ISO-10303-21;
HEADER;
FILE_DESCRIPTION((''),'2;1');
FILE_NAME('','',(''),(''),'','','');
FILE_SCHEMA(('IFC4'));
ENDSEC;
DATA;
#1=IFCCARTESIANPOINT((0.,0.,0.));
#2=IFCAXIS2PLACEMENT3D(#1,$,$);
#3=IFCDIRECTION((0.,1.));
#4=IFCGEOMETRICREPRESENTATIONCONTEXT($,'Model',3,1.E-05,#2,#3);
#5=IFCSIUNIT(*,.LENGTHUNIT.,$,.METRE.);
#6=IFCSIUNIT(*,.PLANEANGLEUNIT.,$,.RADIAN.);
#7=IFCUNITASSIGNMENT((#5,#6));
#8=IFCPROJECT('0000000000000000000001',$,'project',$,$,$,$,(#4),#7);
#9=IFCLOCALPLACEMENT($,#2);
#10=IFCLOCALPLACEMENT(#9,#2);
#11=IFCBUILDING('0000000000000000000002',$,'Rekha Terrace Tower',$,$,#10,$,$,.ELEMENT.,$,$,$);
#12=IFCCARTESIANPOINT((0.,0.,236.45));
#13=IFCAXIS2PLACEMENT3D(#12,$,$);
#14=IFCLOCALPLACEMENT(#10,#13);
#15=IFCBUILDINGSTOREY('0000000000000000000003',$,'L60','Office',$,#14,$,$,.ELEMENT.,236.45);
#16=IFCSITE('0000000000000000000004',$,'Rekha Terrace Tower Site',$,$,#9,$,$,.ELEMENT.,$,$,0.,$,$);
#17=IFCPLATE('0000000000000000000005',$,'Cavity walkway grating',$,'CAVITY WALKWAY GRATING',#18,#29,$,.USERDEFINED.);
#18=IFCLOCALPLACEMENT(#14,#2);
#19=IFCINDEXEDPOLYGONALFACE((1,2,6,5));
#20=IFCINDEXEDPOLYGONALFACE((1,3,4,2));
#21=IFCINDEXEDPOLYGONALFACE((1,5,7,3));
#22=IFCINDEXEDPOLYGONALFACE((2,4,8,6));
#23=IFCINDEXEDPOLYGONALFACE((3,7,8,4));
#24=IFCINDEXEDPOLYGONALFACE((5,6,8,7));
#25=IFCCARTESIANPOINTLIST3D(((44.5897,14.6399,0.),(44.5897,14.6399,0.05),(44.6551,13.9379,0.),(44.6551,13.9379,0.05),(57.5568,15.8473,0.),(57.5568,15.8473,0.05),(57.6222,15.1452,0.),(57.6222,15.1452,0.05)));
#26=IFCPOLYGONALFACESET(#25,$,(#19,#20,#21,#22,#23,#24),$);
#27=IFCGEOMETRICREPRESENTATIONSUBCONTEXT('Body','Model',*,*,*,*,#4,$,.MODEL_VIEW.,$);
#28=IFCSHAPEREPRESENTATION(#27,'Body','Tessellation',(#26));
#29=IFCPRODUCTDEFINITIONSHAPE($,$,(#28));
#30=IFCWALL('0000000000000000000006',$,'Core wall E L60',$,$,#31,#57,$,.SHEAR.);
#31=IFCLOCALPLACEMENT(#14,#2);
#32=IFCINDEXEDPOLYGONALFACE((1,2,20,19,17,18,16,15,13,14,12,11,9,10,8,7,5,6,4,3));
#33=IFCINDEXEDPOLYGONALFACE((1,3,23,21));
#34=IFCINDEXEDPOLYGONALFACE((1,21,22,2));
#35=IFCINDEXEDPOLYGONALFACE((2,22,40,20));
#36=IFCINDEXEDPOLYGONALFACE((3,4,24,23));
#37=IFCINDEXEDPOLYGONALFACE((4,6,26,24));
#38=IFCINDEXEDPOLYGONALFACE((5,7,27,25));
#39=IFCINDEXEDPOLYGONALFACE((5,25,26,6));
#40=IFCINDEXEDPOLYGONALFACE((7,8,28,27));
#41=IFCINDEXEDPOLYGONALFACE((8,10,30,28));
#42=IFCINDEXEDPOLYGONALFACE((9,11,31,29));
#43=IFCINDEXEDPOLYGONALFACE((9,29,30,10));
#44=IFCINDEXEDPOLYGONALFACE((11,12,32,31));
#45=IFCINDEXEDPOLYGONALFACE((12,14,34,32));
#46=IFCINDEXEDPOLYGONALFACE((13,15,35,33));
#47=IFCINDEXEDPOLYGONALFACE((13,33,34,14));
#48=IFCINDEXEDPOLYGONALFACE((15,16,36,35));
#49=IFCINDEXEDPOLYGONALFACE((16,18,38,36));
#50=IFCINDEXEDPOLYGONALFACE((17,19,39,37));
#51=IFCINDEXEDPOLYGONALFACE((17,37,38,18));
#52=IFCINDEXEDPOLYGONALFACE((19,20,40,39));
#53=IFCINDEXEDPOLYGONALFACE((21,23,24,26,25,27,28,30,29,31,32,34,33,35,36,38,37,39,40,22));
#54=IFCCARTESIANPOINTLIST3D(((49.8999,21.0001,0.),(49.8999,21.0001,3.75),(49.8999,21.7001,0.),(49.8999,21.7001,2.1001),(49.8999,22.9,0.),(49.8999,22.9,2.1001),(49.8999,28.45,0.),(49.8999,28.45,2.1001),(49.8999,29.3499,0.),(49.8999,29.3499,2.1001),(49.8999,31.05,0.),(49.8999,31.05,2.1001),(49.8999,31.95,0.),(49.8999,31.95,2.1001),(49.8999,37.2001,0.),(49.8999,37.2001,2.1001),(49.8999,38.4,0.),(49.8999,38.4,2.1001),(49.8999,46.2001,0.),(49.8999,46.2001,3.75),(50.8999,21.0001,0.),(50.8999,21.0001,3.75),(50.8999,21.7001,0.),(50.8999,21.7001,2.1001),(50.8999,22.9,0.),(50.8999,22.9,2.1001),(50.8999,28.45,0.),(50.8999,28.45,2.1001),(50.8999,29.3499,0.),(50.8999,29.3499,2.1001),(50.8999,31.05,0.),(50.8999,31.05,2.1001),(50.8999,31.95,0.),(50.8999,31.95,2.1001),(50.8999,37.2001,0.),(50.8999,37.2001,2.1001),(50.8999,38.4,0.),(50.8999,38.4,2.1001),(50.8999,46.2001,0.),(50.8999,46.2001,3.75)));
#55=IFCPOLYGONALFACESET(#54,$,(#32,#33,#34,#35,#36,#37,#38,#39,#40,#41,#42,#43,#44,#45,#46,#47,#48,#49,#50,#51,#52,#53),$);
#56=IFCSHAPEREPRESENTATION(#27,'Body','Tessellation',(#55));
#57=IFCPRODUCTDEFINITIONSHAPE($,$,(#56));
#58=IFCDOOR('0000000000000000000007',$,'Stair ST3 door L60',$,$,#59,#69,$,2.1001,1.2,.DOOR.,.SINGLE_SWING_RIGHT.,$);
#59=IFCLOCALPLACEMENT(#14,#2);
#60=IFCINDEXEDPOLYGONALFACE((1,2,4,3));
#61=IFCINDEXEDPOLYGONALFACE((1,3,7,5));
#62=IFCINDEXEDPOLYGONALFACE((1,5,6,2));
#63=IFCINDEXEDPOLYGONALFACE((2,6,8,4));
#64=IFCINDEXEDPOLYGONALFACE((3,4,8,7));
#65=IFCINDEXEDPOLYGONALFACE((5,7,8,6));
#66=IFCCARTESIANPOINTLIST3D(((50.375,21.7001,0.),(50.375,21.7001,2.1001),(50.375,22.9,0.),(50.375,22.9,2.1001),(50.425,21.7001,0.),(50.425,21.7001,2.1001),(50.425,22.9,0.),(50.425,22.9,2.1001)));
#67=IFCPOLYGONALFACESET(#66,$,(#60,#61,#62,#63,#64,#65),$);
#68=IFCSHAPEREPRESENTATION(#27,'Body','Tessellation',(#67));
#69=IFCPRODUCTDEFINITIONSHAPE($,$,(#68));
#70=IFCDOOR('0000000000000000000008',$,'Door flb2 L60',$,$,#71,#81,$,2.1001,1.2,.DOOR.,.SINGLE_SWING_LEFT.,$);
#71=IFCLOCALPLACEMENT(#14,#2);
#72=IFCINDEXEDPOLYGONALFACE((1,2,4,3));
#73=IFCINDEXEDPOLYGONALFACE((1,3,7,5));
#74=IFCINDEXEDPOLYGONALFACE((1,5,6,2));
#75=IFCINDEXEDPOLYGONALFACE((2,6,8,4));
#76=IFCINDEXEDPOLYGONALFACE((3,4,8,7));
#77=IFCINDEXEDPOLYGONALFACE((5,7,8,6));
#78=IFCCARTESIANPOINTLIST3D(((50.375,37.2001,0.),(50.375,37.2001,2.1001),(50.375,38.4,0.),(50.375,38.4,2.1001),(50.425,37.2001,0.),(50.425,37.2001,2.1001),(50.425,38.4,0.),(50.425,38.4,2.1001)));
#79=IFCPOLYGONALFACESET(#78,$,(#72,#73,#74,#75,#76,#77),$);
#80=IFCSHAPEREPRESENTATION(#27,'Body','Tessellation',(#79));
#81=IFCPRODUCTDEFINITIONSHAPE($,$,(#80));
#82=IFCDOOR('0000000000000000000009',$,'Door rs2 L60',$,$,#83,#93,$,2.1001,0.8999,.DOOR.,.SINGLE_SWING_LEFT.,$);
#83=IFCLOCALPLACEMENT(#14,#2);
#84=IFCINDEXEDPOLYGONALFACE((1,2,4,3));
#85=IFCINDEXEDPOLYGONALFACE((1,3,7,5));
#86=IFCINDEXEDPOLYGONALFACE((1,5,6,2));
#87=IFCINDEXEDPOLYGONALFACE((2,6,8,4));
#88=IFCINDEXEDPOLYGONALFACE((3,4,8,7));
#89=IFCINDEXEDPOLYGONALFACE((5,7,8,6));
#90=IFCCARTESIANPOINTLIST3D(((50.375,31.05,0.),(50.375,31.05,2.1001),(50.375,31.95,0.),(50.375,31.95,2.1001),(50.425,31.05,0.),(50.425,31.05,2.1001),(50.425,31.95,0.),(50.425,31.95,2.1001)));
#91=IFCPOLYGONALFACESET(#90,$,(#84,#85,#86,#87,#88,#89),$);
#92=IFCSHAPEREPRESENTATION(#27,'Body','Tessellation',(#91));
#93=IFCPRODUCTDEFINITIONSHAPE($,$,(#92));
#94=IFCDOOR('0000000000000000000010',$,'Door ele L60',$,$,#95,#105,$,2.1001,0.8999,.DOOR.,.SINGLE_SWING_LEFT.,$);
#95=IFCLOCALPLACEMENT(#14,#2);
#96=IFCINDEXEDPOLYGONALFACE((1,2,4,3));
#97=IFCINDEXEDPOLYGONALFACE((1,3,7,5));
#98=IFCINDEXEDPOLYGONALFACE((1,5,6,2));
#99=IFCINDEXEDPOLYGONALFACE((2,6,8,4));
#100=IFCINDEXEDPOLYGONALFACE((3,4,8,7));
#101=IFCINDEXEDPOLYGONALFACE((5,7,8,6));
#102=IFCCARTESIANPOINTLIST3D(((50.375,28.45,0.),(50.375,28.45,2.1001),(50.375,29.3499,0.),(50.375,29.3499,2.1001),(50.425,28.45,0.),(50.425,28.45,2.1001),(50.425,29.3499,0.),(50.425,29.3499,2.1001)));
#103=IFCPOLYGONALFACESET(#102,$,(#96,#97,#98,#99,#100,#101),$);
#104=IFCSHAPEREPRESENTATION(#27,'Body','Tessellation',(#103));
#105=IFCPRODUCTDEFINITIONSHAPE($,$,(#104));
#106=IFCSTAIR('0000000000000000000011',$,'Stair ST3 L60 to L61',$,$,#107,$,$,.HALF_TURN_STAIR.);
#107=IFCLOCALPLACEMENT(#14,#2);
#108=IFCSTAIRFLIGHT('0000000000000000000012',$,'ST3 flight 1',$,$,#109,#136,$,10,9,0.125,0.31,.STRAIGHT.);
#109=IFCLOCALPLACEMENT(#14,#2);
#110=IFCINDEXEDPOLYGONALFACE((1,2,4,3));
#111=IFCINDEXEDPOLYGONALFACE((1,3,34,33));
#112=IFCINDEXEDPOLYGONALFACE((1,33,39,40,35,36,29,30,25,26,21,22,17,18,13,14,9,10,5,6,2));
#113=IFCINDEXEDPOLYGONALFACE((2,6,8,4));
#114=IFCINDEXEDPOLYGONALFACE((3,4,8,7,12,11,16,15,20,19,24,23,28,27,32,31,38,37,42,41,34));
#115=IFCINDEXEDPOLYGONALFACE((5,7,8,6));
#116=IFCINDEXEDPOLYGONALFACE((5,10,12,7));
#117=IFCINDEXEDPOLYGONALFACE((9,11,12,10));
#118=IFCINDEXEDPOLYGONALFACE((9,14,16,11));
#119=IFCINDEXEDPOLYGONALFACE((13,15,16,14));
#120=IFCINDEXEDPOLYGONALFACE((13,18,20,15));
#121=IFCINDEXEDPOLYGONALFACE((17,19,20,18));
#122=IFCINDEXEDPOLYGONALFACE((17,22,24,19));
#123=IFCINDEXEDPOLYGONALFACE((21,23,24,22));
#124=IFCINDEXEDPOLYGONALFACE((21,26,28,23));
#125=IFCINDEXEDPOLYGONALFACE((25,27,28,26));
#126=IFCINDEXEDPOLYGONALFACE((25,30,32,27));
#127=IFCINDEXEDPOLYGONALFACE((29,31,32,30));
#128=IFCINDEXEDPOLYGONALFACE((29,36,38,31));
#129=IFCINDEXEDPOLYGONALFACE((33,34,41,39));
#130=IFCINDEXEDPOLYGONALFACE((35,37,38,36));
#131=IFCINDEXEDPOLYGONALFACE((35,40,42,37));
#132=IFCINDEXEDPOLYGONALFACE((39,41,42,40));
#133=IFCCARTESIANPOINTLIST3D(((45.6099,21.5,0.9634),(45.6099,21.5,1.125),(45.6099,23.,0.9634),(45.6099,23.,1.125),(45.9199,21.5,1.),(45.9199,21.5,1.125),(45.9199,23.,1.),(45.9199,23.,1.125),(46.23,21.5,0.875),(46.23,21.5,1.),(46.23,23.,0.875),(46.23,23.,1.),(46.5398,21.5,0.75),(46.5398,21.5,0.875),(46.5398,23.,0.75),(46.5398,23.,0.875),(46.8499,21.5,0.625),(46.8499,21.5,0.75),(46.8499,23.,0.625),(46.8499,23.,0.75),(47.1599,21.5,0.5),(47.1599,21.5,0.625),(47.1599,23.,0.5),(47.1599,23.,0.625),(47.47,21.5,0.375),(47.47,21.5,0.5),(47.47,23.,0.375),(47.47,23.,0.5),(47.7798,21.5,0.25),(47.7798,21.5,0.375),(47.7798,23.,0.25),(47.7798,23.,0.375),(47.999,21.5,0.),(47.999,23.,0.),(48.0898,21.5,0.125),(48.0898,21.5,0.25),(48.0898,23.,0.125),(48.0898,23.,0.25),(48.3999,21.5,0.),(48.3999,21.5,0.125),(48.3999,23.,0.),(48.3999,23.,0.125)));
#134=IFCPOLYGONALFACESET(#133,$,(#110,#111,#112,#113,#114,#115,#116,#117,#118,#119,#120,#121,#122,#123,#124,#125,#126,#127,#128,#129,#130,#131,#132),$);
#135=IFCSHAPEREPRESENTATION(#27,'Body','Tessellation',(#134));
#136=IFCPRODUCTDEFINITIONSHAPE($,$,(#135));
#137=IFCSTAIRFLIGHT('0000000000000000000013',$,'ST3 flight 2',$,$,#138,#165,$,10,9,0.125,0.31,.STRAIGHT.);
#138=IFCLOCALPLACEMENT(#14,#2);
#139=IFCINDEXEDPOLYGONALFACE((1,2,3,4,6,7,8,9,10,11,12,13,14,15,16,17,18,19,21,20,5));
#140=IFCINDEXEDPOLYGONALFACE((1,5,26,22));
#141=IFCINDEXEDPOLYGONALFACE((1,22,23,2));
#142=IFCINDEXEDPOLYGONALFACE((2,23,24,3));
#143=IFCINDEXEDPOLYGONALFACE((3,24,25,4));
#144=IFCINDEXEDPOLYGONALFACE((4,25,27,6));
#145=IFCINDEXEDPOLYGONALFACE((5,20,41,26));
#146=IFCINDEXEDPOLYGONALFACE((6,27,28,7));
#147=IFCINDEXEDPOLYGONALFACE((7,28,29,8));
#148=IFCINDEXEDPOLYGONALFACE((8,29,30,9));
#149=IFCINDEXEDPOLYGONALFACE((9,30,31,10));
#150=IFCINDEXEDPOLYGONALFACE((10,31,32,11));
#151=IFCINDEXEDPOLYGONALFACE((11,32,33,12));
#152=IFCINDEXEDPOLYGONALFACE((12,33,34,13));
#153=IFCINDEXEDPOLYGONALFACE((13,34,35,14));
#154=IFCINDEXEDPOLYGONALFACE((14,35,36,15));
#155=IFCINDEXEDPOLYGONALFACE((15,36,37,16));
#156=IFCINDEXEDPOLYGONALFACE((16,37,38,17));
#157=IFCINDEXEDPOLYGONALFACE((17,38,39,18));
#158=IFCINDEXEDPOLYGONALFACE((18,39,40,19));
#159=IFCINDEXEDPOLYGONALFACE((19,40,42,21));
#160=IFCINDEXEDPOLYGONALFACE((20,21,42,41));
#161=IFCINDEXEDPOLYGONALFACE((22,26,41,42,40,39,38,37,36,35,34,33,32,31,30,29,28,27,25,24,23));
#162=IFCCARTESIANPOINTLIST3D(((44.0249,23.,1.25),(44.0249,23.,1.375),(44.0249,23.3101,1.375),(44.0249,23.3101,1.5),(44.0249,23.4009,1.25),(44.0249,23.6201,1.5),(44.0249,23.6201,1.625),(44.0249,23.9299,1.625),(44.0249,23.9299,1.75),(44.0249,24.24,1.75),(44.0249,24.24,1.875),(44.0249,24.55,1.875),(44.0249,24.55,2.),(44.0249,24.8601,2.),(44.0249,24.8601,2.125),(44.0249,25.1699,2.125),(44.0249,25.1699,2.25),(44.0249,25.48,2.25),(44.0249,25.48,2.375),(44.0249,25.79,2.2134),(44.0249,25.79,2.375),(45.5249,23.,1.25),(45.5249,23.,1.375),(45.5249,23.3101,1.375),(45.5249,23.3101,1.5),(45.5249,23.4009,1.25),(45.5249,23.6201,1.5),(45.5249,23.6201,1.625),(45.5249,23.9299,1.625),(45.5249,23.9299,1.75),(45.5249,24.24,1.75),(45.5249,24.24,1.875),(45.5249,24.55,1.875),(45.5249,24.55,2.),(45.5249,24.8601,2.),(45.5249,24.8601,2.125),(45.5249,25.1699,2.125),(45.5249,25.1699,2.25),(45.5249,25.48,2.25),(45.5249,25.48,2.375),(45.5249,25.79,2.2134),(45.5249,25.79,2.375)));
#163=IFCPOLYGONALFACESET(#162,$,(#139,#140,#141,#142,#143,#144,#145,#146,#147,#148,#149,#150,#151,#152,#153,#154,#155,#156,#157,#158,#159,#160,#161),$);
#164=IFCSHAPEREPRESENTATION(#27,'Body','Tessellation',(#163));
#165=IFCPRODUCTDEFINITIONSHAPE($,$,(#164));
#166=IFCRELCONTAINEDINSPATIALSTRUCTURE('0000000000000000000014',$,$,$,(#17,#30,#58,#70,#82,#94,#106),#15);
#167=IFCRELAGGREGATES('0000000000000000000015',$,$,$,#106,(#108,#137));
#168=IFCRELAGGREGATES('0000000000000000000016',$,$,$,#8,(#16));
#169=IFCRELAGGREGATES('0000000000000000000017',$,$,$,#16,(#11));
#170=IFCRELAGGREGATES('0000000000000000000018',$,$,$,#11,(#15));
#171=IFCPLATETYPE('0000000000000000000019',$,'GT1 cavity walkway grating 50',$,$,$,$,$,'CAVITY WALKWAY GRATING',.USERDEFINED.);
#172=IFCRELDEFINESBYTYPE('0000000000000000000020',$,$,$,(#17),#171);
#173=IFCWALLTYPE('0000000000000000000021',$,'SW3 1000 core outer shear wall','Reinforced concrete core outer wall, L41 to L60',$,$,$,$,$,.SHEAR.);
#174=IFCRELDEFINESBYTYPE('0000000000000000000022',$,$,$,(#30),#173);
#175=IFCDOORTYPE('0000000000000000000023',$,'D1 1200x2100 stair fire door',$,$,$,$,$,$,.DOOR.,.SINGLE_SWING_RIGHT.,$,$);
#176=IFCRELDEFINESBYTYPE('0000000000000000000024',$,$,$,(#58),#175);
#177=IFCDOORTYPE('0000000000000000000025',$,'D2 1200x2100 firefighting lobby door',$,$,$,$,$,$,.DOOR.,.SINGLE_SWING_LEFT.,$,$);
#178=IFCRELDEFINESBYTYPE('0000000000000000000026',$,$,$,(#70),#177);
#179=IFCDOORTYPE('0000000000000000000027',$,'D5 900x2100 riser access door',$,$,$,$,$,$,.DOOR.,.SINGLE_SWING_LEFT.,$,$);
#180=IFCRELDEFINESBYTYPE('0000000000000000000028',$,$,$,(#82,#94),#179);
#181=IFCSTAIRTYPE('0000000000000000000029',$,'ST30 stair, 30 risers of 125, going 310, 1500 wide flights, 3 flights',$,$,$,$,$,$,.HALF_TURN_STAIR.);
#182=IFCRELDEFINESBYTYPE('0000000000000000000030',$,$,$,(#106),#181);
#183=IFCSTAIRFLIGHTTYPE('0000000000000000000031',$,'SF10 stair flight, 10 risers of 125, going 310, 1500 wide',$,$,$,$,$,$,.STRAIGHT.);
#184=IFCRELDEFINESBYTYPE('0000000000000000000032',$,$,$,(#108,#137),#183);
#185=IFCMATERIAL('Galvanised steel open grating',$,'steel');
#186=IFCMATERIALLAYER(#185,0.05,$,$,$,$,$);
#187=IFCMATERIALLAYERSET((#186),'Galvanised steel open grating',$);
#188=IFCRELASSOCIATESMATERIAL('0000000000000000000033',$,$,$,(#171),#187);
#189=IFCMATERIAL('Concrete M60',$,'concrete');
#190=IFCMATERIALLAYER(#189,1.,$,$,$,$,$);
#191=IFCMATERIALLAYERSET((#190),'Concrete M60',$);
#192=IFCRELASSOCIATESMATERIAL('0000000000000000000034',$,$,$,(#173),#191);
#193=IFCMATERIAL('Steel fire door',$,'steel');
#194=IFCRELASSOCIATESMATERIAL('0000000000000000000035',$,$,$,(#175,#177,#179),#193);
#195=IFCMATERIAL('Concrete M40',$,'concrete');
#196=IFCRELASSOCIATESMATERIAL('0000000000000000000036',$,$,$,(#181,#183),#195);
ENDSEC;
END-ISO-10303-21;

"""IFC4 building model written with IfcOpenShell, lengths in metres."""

from ifc_helpers import new_model, si_unit, direction, frame, frame_2d, origin, origin_2d, place, context, subcontext, project, spatial, polyline, rectangle, outline, extrude, material, layer, layer_set, type_object, element, fill, aggregate, save


model = new_model("IFC4")

# Units and contexts
model_context = context("Model", 3, precision=1e-05, world=origin(), true_north=direction((0.0, 1.0)))
body_context = subcontext(model_context, "Body", "Model", "MODEL_VIEW")
ifc_project = project(units=[si_unit("LENGTHUNIT", "METRE"), si_unit("PLANEANGLEUNIT", "RADIAN")], contexts=[model_context])

# Site, building, storey
site_placement = place(None, origin())
site = spatial("IfcSite", under=ifc_project, at=site_placement, Name="Rekha Terrace Tower Site", CompositionType="ELEMENT", RefElevation=0.0)
building_placement = place(site_placement, origin())
building = spatial("IfcBuilding", under=site, at=building_placement, Name="Rekha Terrace Tower", CompositionType="ELEMENT")
storey_placement = place(building_placement, frame((0.0, 0.0, 236.45)))
storey = spatial("IfcBuildingStorey", under=building, at=storey_placement, Name="L60", Description="Office", CompositionType="ELEMENT", Elevation=236.45)

# Shared definitions
ifc_material_1 = material(Name="Concrete M60", Category="concrete")

# Plate
ifc_material_2 = material(Name="Galvanised steel open grating", Category="steel")
ifc_layer_1 = layer(ifc_material_2, 0.05)
ifc_layer_set_1 = layer_set([ifc_layer_1], Name="Galvanised steel open grating")
plate_type_1 = type_object("IfcPlateType", Name="GT1 cavity walkway grating 50", ElementType="CAVITY WALKWAY GRATING", PredefinedType="USERDEFINED", material=ifc_layer_set_1)
plate_1_placement = place(storey_placement, frame((51.106, 14.8926, 0.0), z_axis=(0.0, 0.0, 1.0), x_axis=(0.995693, 0.092709, 0.0)))
element("IfcPlate", 1, at=plate_1_placement, inside=storey, type_object=plate_type_1, Name="Cavity walkway grating", ObjectType="CAVITY WALKWAY GRATING", PredefinedType="USERDEFINED", context=body_context, shape_type="SweptSolid", body=[
    extrude(rectangle(XDim=13.0232, YDim=0.7051, at=origin_2d()), origin(), (0.0, 0.0, 1.0), 0.05),
])

# Wall, openings, doors
ifc_layer_2 = layer(ifc_material_1, 1.0)
ifc_layer_set_2 = layer_set([ifc_layer_2], Name="Concrete M60")
wall_type = type_object("IfcWallType", Name="SW3 1000 core outer shear wall", Description="Reinforced concrete core outer wall, L41 to L60", PredefinedType="SHEAR", material=ifc_layer_set_2)
wall_placement = place(storey_placement, frame((50.3999, 21.0, 0.0), z_axis=(0.0, 0.0, 1.0), x_axis=(0.0, 1.0, 0.0)))
wall = element("IfcWall", 2, at=wall_placement, inside=storey, type_object=wall_type, Name="Core wall E L60", PredefinedType="SHEAR", context=body_context, shape_type="SweptSolid", body=[
    extrude(rectangle(XDim=25.2, YDim=1.0, at=frame_2d((12.6001, 0.0))), origin(), (0.0, 0.0, 1.0), 3.75),
])
opening_1_placement = place(wall_placement, frame((16.2, 0.0, 0.0)))
opening_1 = element("IfcOpeningElement", 3, at=opening_1_placement, cuts=wall, PredefinedType="OPENING", context=body_context, shape_type="SweptSolid", body=[
    extrude(rectangle(XDim=1.2, YDim=2.1001, at=frame_2d((0.6001, 1.05))), frame((0.0, 0.51, 0.0), z_axis=(0.0, -1.0, 0.0), x_axis=(1.0, 0.0, 0.0)), (0.0, 0.0, 1.0), 1.02),
])
opening_2_placement = place(wall_placement, frame((10.05, 0.0, 0.0)))
opening_2 = element("IfcOpeningElement", 4, at=opening_2_placement, cuts=wall, PredefinedType="OPENING", context=body_context, shape_type="SweptSolid", body=[
    extrude(rectangle(XDim=0.8999, YDim=2.1001, at=frame_2d((0.45, 1.05))), frame((0.0, 0.51, 0.0), z_axis=(0.0, -1.0, 0.0), x_axis=(1.0, 0.0, 0.0)), (0.0, 0.0, 1.0), 1.02),
])
opening_3_placement = place(wall_placement, frame((7.45, 0.0, 0.0)))
opening_3 = element("IfcOpeningElement", 5, at=opening_3_placement, cuts=wall, PredefinedType="OPENING", context=body_context, shape_type="SweptSolid", body=[
    extrude(rectangle(XDim=0.8999, YDim=2.1001, at=frame_2d((0.45, 1.05))), frame((0.0, 0.51, 0.0), z_axis=(0.0, -1.0, 0.0), x_axis=(1.0, 0.0, 0.0)), (0.0, 0.0, 1.0), 1.02),
])
opening_4_placement = place(wall_placement, frame((0.7, 0.0, 0.0)))
opening_4 = element("IfcOpeningElement", 6, at=opening_4_placement, cuts=wall, PredefinedType="OPENING", context=body_context, shape_type="SweptSolid", body=[
    extrude(rectangle(XDim=1.2, YDim=2.1001, at=frame_2d((0.6001, 1.05))), frame((0.0, 0.51, 0.0), z_axis=(0.0, -1.0, 0.0), x_axis=(1.0, 0.0, 0.0)), (0.0, 0.0, 1.0), 1.02),
])
ifc_material_3 = material(Name="Steel fire door", Category="steel")
door_type_1 = type_object("IfcDoorType", Name="D1 1200x2100 stair fire door", OperationType="SINGLE_SWING_RIGHT", PredefinedType="DOOR", material=ifc_material_3)
door_1_placement = place(opening_4_placement, origin())
door_1 = element("IfcDoor", 7, at=door_1_placement, inside=storey, type_object=door_type_1, Name="Stair ST3 door L60", OperationType="SINGLE_SWING_RIGHT", OverallHeight=2.1001, OverallWidth=1.2, PredefinedType="DOOR", context=body_context, shape_type="SweptSolid", body=[
    extrude(rectangle(XDim=1.2, YDim=2.1001, at=frame_2d((0.6001, 1.05))), frame((0.0, 0.0249, 0.0), z_axis=(0.0, -1.0, 0.0), x_axis=(1.0, 0.0, 0.0)), (0.0, 0.0, 1.0), 0.05),
])
fill(opening_4, door_1)
door_type_2 = type_object("IfcDoorType", Name="D2 1200x2100 firefighting lobby door", OperationType="SINGLE_SWING_LEFT", PredefinedType="DOOR", material=ifc_material_3)
door_2_placement = place(opening_1_placement, origin())
door_2 = element("IfcDoor", 8, at=door_2_placement, inside=storey, type_object=door_type_2, Name="Door flb2 L60", OperationType="SINGLE_SWING_LEFT", OverallHeight=2.1001, OverallWidth=1.2, PredefinedType="DOOR", context=body_context, shape_type="SweptSolid", body=[
    extrude(rectangle(XDim=1.2, YDim=2.1001, at=frame_2d((0.6001, 1.05))), frame((0.0, 0.0249, 0.0), z_axis=(0.0, -1.0, 0.0), x_axis=(1.0, 0.0, 0.0)), (0.0, 0.0, 1.0), 0.05),
])
fill(opening_1, door_2)
door_type_3 = type_object("IfcDoorType", Name="D5 900x2100 riser access door", OperationType="SINGLE_SWING_LEFT", PredefinedType="DOOR", material=ifc_material_3)
door_3_placement = place(opening_2_placement, origin())
door_3 = element("IfcDoor", 9, at=door_3_placement, inside=storey, type_object=door_type_3, Name="Door rs2 L60", OperationType="SINGLE_SWING_LEFT", OverallHeight=2.1001, OverallWidth=0.8999, PredefinedType="DOOR", context=body_context, shape_type="SweptSolid", body=[
    extrude(rectangle(XDim=0.8999, YDim=2.1001, at=frame_2d((0.45, 1.05))), frame((0.0, 0.0249, 0.0), z_axis=(0.0, -1.0, 0.0), x_axis=(1.0, 0.0, 0.0)), (0.0, 0.0, 1.0), 0.05),
])
fill(opening_2, door_3)
door_4_placement = place(opening_3_placement, origin())
door_4 = element("IfcDoor", 10, at=door_4_placement, inside=storey, type_object=door_type_3, Name="Door ele L60", OperationType="SINGLE_SWING_LEFT", OverallHeight=2.1001, OverallWidth=0.8999, PredefinedType="DOOR", context=body_context, shape_type="SweptSolid", body=[
    extrude(rectangle(XDim=0.8999, YDim=2.1001, at=frame_2d((0.45, 1.05))), frame((0.0, 0.0249, 0.0), z_axis=(0.0, -1.0, 0.0), x_axis=(1.0, 0.0, 0.0)), (0.0, 0.0, 1.0), 0.05),
])
fill(opening_3, door_4)

# Stair, stair flights
ifc_material_4 = material(Name="Concrete M40", Category="concrete")
stair_type = type_object("IfcStairType", Name="ST30 stair, 30 risers of 125, going 310, 1500 wide flights, 3 flights", PredefinedType="HALF_TURN_STAIR", material=ifc_material_4)
stair_placement = place(storey_placement, origin())
stair = element("IfcStair", 11, at=stair_placement, inside=storey, type_object=stair_type, Name="Stair ST3 L60 to L61", PredefinedType="HALF_TURN_STAIR")
stair_flight_type = type_object("IfcStairFlightType", Name="SF10 stair flight, 10 risers of 125, going 310, 1500 wide", PredefinedType="STRAIGHT", material=ifc_material_4)
stair_flight_1_placement = place(storey_placement, frame((48.3999, 22.25, 0.0), z_axis=(0.0, 0.0, 1.0), x_axis=(-1.0, 0.0, 0.0)))
stair_flight_1 = element("IfcStairFlight", 12, at=stair_flight_1_placement, type_object=stair_flight_type, Name="ST3 flight 1", NumberOfRisers=10, NumberOfTreads=9, PredefinedType="STRAIGHT", RiserHeight=0.125, TreadLength=0.31, context=body_context, shape_type="SweptSolid", body=[
    extrude(outline(polyline([(0.0, 0.0), (0.0, 0.125), (0.3101, 0.125), (0.3101, 0.25), (0.6201, 0.25), (0.6201, 0.375), (0.9299, 0.375), (0.9299, 0.5), (1.24, 0.5), (1.24, 0.625), (1.55, 0.625), (1.55, 0.75), (1.8601, 0.75), (1.8601, 0.875), (2.1699, 0.875), (2.1699, 1.0), (2.48, 1.0), (2.48, 1.125), (2.79, 1.125), (2.79, 1.25), (2.79, 0.9634), (0.4009, 0.0), (0.0, 0.0)])), frame((0.0, 0.75, 0.0), z_axis=(0.0, -1.0, 0.0), x_axis=(1.0, 0.0, 0.0)), (0.0, 0.0, 1.0), 1.5),
])
stair_flight_2_placement = place(storey_placement, frame((44.7749, 23.0, 1.25), z_axis=(0.0, 0.0, 1.0), x_axis=(0.0, 1.0, 0.0)))
stair_flight_2 = element("IfcStairFlight", 13, at=stair_flight_2_placement, type_object=stair_flight_type, Name="ST3 flight 2", NumberOfRisers=10, NumberOfTreads=9, PredefinedType="STRAIGHT", RiserHeight=0.125, TreadLength=0.31, context=body_context, shape_type="SweptSolid", body=[
    extrude(outline(polyline([(0.0, 0.0), (0.0, 0.125), (0.3101, 0.125), (0.3101, 0.25), (0.6201, 0.25), (0.6201, 0.375), (0.9299, 0.375), (0.9299, 0.5), (1.24, 0.5), (1.24, 0.625), (1.55, 0.625), (1.55, 0.75), (1.8601, 0.75), (1.8601, 0.875), (2.1699, 0.875), (2.1699, 1.0), (2.48, 1.0), (2.48, 1.125), (2.79, 1.125), (2.79, 1.25), (2.79, 0.9634), (0.4009, 0.0), (0.0, 0.0)])), frame((0.0, 0.75, 0.0), z_axis=(0.0, -1.0, 0.0), x_axis=(1.0, 0.0, 0.0)), (0.0, 0.0, 1.0), 1.5),
])
aggregate(stair, [stair_flight_1, stair_flight_2])

save(model, "model.ifc")
